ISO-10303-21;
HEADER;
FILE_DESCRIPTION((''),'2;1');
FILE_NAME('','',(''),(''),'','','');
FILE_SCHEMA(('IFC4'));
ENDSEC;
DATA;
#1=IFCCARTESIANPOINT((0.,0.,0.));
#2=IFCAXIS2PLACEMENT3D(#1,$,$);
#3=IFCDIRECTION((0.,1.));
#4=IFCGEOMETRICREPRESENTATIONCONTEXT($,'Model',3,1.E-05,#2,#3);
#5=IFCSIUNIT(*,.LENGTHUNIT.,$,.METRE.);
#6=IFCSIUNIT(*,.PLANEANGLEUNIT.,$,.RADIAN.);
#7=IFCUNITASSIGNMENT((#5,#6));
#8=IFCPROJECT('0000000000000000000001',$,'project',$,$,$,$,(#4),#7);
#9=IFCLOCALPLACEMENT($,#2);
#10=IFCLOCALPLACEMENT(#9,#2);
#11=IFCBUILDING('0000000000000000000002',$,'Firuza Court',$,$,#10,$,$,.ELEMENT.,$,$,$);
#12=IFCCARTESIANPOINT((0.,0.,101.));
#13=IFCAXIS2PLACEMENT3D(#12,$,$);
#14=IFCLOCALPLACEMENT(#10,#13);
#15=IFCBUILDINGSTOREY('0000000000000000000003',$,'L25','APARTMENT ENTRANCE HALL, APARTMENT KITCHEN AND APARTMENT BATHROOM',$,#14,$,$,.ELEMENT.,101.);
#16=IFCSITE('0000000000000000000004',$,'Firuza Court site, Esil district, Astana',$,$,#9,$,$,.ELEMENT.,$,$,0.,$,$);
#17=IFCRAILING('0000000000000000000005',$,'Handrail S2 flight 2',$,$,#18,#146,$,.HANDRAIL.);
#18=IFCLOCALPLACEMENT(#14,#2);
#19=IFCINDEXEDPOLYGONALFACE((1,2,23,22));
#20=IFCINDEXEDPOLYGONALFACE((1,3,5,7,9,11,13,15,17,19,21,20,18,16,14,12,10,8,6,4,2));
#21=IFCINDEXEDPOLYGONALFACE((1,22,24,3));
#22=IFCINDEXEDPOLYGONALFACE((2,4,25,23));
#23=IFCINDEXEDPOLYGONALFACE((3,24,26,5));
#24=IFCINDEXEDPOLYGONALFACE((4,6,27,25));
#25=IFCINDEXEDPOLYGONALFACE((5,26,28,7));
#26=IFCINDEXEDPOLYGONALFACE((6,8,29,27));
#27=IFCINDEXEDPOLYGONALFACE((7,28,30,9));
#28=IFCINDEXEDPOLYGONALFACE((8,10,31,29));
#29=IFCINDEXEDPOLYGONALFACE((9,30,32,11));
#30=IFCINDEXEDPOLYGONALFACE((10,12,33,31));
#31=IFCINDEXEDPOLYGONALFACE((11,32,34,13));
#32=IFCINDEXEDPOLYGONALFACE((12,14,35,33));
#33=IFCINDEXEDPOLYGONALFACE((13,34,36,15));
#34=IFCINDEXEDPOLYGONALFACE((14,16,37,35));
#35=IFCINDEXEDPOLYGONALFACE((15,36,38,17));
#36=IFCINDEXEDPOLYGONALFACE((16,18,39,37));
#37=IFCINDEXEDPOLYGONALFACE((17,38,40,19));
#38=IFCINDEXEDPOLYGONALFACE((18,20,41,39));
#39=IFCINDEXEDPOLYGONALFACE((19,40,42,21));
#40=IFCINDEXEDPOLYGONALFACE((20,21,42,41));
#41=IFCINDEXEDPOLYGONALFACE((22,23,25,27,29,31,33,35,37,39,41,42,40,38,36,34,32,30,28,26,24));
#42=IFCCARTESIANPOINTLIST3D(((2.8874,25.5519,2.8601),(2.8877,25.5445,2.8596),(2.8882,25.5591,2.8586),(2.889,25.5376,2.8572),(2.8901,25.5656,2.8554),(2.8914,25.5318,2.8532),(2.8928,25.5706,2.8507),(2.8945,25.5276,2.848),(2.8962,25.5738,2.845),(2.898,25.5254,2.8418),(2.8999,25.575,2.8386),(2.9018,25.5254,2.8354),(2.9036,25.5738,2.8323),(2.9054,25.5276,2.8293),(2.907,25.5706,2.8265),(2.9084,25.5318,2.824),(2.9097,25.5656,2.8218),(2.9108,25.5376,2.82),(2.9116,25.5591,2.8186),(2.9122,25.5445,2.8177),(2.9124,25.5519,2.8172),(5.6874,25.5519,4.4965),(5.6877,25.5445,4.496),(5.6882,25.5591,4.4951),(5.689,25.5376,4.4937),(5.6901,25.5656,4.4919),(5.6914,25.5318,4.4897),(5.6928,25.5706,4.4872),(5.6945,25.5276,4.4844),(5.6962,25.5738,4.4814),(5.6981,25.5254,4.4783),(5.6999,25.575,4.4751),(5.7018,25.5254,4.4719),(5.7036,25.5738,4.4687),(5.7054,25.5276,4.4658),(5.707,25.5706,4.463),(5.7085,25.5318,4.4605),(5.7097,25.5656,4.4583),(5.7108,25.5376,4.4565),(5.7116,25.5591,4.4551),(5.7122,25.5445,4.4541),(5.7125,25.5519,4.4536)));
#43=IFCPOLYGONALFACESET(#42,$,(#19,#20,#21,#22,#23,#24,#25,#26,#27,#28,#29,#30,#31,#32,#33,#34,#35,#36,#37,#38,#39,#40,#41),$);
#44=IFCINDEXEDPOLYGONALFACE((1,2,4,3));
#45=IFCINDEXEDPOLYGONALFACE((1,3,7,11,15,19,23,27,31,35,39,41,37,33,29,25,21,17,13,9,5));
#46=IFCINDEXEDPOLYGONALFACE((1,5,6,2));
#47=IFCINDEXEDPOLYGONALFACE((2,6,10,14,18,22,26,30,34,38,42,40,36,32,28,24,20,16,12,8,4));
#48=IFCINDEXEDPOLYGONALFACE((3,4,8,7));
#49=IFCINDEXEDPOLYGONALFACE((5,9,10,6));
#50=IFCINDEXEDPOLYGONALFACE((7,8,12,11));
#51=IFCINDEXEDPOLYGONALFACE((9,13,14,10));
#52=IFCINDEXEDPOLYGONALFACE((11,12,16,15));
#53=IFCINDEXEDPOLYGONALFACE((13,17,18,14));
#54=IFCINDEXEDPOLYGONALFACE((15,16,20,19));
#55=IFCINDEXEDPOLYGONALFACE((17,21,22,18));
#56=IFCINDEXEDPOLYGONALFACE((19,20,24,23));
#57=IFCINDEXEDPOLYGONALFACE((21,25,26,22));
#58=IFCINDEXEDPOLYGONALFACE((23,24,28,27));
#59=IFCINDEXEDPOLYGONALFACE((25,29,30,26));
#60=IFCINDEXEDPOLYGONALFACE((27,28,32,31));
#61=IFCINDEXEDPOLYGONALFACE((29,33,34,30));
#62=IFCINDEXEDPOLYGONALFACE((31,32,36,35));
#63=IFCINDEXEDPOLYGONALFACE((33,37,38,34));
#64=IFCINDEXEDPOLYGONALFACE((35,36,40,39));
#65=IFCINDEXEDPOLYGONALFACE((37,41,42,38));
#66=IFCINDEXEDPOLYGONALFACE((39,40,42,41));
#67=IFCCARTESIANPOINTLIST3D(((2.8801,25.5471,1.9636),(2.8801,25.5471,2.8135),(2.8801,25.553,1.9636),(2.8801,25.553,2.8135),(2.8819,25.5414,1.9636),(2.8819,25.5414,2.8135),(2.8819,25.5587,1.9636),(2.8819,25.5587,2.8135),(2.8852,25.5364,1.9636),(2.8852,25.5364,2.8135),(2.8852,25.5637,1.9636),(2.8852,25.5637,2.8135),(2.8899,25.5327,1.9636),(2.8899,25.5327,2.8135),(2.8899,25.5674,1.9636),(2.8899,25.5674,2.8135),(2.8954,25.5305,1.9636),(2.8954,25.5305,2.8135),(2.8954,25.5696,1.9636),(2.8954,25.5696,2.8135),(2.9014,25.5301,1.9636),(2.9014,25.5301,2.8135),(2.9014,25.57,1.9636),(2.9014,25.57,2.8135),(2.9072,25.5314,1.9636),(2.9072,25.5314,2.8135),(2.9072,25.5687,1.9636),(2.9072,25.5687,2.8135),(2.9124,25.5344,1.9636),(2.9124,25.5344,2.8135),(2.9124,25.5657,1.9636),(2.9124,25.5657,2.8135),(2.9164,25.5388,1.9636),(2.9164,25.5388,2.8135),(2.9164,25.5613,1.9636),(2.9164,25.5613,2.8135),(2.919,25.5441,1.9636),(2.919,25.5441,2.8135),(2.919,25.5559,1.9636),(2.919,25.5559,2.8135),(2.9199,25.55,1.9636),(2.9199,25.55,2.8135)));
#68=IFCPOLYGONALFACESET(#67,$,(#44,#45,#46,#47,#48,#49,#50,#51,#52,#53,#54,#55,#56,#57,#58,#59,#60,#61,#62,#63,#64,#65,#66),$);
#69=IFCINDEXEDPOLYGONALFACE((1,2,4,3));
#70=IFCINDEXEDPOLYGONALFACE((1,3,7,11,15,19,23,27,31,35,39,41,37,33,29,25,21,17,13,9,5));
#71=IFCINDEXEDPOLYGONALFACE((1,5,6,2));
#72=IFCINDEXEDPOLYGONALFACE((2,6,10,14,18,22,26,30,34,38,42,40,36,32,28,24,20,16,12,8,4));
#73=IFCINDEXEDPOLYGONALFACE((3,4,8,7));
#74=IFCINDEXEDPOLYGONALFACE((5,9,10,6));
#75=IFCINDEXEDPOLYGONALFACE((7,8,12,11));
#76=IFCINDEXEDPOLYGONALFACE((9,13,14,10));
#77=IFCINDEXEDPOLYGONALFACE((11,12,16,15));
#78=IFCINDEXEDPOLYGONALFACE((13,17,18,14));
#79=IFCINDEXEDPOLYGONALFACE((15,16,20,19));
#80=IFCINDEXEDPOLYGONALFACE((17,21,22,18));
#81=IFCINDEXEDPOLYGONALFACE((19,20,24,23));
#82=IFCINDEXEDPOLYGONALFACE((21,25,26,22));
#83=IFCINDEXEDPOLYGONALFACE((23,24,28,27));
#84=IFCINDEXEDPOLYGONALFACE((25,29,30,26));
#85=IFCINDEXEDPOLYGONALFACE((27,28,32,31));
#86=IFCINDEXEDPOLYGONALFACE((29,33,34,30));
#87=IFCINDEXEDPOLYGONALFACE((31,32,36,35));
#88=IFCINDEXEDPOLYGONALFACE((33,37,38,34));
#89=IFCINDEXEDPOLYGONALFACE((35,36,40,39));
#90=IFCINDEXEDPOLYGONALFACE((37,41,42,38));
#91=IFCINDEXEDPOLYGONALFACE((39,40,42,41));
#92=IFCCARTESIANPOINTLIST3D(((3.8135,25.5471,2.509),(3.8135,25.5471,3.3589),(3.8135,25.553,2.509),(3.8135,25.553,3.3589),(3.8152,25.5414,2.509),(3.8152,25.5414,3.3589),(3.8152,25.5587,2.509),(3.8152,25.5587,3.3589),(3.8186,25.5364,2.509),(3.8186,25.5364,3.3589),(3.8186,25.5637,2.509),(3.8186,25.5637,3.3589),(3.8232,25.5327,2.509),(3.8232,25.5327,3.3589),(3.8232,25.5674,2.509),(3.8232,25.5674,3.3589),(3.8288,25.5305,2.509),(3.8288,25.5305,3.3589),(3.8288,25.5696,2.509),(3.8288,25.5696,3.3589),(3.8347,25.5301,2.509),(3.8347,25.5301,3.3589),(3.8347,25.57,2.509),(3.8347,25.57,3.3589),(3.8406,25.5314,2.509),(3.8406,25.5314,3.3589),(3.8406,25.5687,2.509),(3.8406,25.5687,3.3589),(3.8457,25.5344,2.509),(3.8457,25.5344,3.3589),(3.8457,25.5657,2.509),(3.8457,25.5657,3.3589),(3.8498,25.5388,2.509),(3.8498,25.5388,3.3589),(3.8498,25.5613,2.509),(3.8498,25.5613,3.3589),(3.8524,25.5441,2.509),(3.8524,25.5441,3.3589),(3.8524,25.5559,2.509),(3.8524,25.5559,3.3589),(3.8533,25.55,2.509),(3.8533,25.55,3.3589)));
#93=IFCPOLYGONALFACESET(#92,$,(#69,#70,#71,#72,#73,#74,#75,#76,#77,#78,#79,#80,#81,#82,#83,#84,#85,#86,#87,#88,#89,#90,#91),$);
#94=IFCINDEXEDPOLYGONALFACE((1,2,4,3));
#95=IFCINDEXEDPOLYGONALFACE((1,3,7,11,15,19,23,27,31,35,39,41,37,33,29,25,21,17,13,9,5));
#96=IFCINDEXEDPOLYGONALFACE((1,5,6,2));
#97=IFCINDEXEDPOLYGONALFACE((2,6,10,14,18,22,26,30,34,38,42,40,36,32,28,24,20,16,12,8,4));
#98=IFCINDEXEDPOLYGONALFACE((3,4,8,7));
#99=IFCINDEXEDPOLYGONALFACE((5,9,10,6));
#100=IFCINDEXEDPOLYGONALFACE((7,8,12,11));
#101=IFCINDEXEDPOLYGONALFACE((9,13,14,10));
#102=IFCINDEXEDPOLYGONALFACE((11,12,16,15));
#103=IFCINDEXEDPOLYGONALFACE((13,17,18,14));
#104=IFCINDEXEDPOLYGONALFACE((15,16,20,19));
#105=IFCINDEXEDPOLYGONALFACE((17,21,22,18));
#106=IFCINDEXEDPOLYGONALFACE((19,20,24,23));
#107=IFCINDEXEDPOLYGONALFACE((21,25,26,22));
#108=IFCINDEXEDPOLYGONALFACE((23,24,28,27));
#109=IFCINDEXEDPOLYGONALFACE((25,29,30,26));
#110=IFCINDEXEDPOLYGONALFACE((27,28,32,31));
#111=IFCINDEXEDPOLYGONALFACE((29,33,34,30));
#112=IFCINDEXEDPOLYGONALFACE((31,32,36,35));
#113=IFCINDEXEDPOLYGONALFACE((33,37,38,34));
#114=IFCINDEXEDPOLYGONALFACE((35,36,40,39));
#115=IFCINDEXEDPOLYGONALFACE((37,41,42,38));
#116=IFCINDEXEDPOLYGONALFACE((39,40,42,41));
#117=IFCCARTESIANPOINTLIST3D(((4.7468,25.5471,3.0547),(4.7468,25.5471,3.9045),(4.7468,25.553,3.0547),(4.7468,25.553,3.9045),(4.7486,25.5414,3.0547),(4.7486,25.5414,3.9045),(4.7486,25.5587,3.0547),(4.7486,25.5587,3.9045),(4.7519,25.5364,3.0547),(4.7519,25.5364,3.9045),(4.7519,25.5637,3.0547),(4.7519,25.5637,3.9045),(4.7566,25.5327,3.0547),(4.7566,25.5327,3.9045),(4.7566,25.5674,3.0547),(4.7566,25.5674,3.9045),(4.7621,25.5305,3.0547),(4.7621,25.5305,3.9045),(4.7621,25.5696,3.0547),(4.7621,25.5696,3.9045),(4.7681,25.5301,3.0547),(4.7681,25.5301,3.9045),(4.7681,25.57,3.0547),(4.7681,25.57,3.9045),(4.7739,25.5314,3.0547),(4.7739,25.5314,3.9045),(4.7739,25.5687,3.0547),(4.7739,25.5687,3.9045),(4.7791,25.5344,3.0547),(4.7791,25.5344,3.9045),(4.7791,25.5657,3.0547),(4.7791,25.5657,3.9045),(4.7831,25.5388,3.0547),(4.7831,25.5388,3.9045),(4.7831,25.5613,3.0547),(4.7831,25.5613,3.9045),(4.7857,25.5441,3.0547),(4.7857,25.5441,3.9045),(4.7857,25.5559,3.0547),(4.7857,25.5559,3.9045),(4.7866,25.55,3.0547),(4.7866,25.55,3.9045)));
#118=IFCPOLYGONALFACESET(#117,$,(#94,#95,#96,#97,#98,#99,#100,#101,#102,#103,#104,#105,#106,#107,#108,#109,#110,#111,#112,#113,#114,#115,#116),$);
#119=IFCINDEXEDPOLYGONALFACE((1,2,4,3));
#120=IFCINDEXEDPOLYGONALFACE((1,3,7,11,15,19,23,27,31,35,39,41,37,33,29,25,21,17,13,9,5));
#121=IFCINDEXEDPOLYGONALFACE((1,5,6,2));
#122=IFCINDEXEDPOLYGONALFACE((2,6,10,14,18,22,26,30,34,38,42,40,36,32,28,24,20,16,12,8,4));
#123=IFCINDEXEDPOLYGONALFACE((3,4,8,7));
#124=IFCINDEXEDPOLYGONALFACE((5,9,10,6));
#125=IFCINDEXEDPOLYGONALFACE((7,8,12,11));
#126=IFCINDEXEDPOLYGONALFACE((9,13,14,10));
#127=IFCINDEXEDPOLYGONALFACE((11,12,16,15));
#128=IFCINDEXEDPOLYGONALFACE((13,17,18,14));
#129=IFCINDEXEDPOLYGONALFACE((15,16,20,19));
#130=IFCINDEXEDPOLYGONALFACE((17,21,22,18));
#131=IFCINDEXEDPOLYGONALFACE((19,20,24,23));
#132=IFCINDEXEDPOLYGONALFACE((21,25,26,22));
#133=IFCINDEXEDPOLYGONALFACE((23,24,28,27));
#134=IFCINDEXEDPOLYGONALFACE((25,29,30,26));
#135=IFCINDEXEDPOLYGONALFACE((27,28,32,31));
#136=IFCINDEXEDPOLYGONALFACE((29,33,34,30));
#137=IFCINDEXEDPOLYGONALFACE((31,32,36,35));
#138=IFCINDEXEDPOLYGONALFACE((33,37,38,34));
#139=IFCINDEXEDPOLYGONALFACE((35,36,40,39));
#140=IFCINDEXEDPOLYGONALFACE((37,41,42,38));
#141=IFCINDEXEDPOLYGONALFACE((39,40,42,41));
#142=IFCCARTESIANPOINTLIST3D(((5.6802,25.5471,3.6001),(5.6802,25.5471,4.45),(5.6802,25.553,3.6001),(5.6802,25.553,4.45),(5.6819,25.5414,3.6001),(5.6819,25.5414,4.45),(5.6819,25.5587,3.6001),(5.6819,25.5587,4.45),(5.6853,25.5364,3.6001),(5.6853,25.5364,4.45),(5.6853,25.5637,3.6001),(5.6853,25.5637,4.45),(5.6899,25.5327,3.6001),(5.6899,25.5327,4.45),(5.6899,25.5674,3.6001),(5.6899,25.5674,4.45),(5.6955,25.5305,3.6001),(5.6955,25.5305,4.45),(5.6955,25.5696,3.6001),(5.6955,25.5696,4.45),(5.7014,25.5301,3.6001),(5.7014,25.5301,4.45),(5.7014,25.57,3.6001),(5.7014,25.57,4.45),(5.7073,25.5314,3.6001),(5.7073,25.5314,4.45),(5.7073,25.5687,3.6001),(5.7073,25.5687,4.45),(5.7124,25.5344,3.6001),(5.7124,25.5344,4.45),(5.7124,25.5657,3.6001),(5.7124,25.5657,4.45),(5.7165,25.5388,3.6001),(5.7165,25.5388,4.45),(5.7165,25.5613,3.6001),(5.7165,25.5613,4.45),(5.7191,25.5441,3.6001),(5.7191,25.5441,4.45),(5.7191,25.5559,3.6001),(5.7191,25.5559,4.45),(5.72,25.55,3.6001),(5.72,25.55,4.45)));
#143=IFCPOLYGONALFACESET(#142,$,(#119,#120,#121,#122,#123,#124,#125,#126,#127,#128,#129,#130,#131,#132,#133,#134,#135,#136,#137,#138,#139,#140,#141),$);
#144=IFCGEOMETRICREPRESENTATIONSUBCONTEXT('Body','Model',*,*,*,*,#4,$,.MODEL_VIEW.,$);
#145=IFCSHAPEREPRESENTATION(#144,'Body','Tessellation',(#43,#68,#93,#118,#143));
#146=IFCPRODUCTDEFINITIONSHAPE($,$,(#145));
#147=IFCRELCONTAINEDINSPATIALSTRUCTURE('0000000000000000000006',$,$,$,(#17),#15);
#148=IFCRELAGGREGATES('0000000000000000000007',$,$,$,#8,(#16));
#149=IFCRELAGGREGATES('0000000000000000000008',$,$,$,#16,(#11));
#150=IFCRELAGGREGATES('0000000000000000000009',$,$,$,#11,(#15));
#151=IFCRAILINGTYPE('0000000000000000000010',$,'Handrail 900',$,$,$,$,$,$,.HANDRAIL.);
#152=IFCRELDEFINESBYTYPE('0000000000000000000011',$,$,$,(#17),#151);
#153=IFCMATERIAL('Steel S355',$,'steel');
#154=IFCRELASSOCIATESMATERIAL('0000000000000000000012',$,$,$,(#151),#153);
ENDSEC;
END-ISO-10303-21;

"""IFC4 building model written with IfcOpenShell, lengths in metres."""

from ifc_helpers import new_model, si_unit, direction, frame, origin, origin_2d, place, context, subcontext, project, spatial, circle, extrude, material, type_object, element, save


model = new_model("IFC4")

# Units and contexts
model_context = context("Model", 3, precision=1e-05, world=origin(), true_north=direction((0.0, 1.0)))
body_context = subcontext(model_context, "Body", "Model", "MODEL_VIEW")
ifc_project = project(units=[si_unit("LENGTHUNIT", "METRE"), si_unit("PLANEANGLEUNIT", "RADIAN")], contexts=[model_context])

# Site, building, storey
site_placement = place(None, origin())
site = spatial("IfcSite", under=ifc_project, at=site_placement, Name="Firuza Court site, Esil district, Astana", CompositionType="ELEMENT", RefElevation=0.0)
building_placement = place(site_placement, origin())
building = spatial("IfcBuilding", under=site, at=building_placement, Name="Firuza Court", CompositionType="ELEMENT")
storey_placement = place(building_placement, frame((0.0, 0.0, 101.0)))
storey = spatial("IfcBuildingStorey", under=building, at=storey_placement, Name="L25", Description="APARTMENT ENTRANCE HALL, APARTMENT KITCHEN AND APARTMENT BATHROOM", CompositionType="ELEMENT", Elevation=101.0)

# Railing
ifc_material_1 = material(Name="Steel S355", Category="steel")
railing_type_1 = type_object("IfcRailingType", Name="Handrail 900", PredefinedType="HANDRAIL", material=ifc_material_1)
railing_1_placement = place(storey_placement, frame((2.8999, 25.55, 1.9636)))
element("IfcRailing", 1, at=railing_1_placement, inside=storey, type_object=railing_type_1, Name="Handrail S2 flight 2", PredefinedType="HANDRAIL", context=body_context, shape_type="SweptSolid", body=[
    extrude(circle(Radius=0.0249, at=origin_2d()), frame((0.0, 0.0, 0.875), z_axis=(0.863361, 0.0, 0.504587), x_axis=(0.0, 1.0, 0.0)), (0.0, 0.0, 1.0), 3.2432),
    extrude(circle(Radius=0.02, at=origin_2d()), origin(), (0.0, 0.0, 1.0), 0.8499),
    extrude(circle(Radius=0.02, at=origin_2d()), frame((0.9333, 0.0, 0.5454)), (0.0, 0.0, 1.0), 0.8499),
    extrude(circle(Radius=0.02, at=origin_2d()), frame((1.8667, 0.0, 1.0911)), (0.0, 0.0, 1.0), 0.8499),
    extrude(circle(Radius=0.02, at=origin_2d()), frame((2.8, 0.0, 1.6365)), (0.0, 0.0, 1.0), 0.8499),
])

save(model, "model.ifc")
